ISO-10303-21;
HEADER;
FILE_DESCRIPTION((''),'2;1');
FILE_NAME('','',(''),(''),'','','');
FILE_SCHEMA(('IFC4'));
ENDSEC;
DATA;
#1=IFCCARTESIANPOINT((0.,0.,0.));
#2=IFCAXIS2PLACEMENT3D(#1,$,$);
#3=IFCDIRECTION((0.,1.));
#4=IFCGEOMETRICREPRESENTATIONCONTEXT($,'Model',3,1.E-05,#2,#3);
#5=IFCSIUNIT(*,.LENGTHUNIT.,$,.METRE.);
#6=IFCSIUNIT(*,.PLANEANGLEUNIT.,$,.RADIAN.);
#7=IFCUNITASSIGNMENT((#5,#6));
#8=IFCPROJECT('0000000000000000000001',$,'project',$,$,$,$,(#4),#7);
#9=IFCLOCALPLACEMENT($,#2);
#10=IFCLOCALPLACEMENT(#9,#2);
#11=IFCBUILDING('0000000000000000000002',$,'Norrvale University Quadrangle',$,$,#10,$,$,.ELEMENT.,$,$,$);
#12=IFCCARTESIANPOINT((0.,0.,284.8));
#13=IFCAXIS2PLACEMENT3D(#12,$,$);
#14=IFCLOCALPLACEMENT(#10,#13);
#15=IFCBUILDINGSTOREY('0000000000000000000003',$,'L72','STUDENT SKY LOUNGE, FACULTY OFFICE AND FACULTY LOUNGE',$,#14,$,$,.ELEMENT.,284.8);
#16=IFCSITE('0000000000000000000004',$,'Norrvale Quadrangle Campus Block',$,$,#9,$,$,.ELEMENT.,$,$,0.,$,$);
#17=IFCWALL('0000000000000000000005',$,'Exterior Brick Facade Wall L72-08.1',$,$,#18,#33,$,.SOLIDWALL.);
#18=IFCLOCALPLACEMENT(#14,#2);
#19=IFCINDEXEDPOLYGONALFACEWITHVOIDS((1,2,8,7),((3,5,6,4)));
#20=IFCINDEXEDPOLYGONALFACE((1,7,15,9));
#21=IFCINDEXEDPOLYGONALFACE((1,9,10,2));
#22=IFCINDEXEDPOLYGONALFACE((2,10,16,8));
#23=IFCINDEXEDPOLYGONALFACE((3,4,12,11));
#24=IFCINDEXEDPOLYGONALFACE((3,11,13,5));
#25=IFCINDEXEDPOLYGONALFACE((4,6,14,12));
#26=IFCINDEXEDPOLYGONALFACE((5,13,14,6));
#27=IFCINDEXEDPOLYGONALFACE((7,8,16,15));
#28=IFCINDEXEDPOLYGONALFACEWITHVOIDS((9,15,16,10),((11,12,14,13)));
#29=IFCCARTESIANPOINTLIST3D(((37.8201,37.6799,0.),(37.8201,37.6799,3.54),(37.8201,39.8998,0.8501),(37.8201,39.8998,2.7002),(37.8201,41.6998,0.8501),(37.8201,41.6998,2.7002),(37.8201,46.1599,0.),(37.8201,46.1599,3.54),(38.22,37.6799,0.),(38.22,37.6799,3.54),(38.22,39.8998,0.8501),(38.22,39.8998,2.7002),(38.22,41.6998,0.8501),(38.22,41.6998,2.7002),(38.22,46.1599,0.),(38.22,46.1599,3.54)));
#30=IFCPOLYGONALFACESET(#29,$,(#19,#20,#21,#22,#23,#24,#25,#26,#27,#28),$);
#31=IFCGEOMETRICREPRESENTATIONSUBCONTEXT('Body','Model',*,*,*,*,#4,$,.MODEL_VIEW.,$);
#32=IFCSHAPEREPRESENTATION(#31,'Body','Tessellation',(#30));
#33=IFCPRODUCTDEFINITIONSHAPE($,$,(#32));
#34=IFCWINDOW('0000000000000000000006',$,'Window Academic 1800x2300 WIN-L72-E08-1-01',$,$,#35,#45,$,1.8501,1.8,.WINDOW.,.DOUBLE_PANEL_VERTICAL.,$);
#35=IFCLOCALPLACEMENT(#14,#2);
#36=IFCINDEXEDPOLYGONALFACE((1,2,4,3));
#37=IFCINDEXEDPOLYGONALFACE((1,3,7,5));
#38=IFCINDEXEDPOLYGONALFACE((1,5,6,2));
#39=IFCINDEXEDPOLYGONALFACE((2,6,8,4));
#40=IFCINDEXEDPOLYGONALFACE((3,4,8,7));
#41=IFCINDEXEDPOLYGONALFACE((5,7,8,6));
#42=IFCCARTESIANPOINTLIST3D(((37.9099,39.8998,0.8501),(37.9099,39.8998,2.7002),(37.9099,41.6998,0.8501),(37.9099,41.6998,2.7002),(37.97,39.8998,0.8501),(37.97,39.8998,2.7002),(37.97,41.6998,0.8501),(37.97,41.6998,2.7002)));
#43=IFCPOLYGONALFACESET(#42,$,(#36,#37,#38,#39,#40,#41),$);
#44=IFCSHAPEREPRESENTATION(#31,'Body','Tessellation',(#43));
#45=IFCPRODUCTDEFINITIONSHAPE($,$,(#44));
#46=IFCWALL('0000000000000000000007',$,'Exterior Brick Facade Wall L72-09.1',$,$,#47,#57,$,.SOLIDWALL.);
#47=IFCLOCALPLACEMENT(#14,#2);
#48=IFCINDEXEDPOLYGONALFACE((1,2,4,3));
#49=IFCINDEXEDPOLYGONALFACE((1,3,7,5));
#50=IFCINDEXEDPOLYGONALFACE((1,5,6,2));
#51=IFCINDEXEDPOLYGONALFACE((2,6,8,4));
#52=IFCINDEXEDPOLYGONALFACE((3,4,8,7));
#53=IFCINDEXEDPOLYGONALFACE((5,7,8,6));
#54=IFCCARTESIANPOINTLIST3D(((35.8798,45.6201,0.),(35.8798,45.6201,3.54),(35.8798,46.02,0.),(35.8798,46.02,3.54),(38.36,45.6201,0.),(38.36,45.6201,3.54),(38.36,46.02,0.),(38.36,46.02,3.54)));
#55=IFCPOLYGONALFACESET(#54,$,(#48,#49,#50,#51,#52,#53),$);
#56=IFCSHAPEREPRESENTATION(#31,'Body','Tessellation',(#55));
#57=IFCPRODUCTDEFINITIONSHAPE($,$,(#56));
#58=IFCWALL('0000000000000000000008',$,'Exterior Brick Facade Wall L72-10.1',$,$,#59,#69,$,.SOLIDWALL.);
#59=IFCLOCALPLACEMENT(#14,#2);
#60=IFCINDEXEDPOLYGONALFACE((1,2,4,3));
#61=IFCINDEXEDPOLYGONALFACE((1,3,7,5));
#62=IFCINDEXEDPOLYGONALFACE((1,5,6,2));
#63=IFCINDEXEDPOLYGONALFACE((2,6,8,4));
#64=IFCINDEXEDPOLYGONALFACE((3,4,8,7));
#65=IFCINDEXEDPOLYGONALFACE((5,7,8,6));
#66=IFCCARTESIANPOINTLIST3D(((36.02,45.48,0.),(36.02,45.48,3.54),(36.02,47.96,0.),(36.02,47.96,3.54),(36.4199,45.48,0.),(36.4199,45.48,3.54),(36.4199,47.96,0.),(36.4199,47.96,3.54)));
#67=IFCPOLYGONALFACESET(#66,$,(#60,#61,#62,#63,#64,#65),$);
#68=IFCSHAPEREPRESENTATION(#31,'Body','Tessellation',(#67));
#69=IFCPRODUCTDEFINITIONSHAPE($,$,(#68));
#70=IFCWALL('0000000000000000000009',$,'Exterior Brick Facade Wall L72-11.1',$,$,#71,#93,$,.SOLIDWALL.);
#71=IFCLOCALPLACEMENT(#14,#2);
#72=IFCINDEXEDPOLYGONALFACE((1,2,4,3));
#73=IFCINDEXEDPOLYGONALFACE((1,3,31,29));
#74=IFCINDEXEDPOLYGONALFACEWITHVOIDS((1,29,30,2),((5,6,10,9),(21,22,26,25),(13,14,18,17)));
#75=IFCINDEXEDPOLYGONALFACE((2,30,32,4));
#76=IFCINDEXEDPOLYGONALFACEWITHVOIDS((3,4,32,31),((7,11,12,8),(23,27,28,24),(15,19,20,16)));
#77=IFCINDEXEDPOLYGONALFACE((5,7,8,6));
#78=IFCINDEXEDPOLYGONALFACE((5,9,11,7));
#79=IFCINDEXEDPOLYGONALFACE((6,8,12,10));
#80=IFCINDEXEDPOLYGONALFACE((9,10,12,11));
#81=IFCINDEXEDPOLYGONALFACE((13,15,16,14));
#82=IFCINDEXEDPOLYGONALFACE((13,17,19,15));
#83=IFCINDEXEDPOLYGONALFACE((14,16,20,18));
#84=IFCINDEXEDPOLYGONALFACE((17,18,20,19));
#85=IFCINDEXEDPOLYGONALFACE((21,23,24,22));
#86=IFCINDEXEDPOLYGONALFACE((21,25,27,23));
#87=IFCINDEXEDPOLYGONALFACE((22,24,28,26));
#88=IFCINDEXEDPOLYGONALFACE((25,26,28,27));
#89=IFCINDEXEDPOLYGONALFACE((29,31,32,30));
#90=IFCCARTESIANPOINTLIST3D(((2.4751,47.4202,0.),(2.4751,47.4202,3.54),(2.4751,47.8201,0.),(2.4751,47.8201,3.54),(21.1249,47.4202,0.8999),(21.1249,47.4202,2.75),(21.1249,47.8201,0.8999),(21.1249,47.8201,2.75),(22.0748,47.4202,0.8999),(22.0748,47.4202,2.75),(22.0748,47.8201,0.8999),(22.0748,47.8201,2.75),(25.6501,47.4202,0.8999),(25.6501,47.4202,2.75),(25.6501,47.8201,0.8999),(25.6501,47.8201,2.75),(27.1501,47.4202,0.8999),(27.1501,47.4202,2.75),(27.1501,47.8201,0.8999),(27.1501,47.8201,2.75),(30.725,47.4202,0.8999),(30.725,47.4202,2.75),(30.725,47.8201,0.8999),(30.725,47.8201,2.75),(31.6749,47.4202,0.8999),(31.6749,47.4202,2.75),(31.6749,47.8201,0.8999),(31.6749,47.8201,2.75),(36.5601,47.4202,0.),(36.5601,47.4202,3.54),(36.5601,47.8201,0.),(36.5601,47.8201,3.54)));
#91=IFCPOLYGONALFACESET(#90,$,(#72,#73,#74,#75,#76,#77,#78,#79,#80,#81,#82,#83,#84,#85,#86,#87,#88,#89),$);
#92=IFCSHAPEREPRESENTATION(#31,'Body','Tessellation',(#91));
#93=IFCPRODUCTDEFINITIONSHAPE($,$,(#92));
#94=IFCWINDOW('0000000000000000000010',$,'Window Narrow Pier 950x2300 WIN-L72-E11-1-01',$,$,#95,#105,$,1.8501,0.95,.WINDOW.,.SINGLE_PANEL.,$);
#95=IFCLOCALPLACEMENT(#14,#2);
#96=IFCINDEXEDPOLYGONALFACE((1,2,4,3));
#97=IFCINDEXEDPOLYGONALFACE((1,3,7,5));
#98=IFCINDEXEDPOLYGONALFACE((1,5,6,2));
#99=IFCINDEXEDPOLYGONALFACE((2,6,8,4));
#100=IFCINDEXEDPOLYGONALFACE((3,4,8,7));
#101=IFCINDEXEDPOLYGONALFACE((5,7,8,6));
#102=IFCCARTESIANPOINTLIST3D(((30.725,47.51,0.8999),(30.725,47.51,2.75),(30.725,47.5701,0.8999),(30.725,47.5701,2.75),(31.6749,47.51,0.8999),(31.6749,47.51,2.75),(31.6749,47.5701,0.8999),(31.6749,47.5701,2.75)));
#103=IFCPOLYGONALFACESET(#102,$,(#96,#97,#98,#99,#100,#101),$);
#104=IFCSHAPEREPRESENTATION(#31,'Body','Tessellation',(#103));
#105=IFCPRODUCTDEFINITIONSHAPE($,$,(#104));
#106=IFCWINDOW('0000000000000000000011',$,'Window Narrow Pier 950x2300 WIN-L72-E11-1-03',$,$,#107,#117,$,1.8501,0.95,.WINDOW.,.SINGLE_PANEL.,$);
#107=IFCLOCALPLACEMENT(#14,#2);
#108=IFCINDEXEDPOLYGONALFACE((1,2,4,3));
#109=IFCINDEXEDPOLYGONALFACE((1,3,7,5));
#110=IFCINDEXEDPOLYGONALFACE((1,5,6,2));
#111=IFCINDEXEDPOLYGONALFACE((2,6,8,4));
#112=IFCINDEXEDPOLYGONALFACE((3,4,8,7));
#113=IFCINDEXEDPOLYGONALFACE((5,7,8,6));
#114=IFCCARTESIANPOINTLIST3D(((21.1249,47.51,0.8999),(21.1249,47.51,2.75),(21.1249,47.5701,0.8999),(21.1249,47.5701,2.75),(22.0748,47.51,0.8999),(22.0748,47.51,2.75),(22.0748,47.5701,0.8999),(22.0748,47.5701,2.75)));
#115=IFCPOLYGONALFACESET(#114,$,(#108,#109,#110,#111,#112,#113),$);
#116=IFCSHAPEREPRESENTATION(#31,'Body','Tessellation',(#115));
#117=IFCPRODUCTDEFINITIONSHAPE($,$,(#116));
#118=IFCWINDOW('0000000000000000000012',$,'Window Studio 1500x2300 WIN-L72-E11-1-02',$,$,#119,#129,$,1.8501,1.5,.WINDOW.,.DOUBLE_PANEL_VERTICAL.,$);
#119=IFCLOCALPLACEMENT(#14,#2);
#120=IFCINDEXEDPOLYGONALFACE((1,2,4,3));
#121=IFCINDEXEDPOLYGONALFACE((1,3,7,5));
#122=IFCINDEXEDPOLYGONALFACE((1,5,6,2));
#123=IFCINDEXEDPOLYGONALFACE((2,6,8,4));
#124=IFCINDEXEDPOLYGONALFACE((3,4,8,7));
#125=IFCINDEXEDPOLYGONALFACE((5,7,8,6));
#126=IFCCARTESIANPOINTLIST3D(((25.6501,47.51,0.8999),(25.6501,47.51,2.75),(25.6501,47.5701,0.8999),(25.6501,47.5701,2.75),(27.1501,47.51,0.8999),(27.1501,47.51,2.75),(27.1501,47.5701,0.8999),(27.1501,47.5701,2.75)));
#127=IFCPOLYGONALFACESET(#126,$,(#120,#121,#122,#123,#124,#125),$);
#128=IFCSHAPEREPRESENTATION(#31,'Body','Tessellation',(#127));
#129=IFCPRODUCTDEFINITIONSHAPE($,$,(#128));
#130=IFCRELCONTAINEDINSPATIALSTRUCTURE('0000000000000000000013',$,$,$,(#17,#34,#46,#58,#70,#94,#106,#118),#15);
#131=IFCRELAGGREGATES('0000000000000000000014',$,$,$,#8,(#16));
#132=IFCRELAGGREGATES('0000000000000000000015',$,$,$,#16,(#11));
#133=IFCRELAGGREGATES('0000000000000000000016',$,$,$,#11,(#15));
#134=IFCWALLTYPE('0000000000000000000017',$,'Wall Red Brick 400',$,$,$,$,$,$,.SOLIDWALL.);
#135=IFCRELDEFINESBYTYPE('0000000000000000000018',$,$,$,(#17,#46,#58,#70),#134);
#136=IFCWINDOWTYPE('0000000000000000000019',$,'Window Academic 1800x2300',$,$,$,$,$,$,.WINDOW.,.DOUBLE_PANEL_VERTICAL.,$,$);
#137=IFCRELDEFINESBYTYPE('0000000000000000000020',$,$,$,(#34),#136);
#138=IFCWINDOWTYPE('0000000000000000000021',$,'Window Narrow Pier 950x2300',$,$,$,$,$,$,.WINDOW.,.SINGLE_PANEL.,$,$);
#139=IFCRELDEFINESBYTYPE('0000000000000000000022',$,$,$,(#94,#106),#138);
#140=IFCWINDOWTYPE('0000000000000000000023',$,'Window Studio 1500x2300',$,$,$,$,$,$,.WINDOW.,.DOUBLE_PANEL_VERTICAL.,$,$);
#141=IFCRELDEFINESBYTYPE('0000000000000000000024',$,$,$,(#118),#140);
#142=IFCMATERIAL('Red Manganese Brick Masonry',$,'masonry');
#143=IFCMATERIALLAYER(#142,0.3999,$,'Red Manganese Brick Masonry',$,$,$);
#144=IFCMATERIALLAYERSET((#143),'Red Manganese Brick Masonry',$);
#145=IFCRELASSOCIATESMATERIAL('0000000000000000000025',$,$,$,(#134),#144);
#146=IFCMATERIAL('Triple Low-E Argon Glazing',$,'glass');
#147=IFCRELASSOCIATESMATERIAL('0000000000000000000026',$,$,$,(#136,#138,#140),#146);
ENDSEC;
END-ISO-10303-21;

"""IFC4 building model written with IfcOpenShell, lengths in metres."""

from ifc_helpers import new_model, si_unit, direction, frame, frame_2d, origin, place, context, subcontext, project, spatial, rectangle, extrude, material, layer, layer_set, type_object, element, fill, save


model = new_model("IFC4")

# Units and contexts
model_context = context("Model", 3, precision=1e-05, world=origin(), true_north=direction((0.0, 1.0)))
body_context = subcontext(model_context, "Body", "Model", "MODEL_VIEW")
ifc_project = project(units=[si_unit("LENGTHUNIT", "METRE"), si_unit("PLANEANGLEUNIT", "RADIAN")], contexts=[model_context])

# Site, building, storey
site_placement = place(None, origin())
site = spatial("IfcSite", under=ifc_project, at=site_placement, Name="Norrvale Quadrangle Campus Block", CompositionType="ELEMENT", RefElevation=0.0)
building_placement = place(site_placement, origin())
building = spatial("IfcBuilding", under=site, at=building_placement, Name="Norrvale University Quadrangle", CompositionType="ELEMENT")
storey_placement = place(building_placement, frame((0.0, 0.0, 284.8)))
storey = spatial("IfcBuildingStorey", under=building, at=storey_placement, Name="L72", Description="STUDENT SKY LOUNGE, FACULTY OFFICE AND FACULTY LOUNGE", CompositionType="ELEMENT", Elevation=284.8)

# Shared definitions
ifc_material_1 = material(Name="Red Manganese Brick Masonry", Category="masonry")
ifc_layer = layer(ifc_material_1, 0.3999, Name="Red Manganese Brick Masonry")
ifc_layer_set = layer_set([ifc_layer], Name="Red Manganese Brick Masonry")
wall_type = type_object("IfcWallType", Name="Wall Red Brick 400", PredefinedType="SOLIDWALL", material=ifc_layer_set)

# Wall, opening, window
ifc_material_2 = material(Name="Triple Low-E Argon Glazing", Category="glass")
window_type_1 = type_object("IfcWindowType", Name="Window Academic 1800x2300", PartitioningType="DOUBLE_PANEL_VERTICAL", PredefinedType="WINDOW", material=ifc_material_2)
wall_1_placement = place(storey_placement, frame((38.02, 37.6799, 0.0), z_axis=(0.0, 0.0, 1.0), x_axis=(0.0, 1.0, 0.0)))
wall_1 = element("IfcWall", 1, at=wall_1_placement, inside=storey, type_object=wall_type, Name="Exterior Brick Facade Wall L72-08.1", PredefinedType="SOLIDWALL", context=body_context, shape_type="SweptSolid", body=[
    extrude(rectangle(XDim=8.48, YDim=0.3999, at=frame_2d((4.24, 0.0))), origin(), (0.0, 0.0, 1.0), 3.54),
])
opening_1_placement = place(wall_1_placement, frame((2.22, 0.0, 0.8501)))
opening_1 = element("IfcOpeningElement", 2, at=opening_1_placement, cuts=wall_1, PredefinedType="OPENING", context=body_context, shape_type="SweptSolid", body=[
    extrude(rectangle(XDim=1.8, YDim=1.8501, at=frame_2d((0.8999, 0.925))), frame((0.0, 0.2119, 0.0), z_axis=(0.0, -1.0, 0.0), x_axis=(1.0, 0.0, 0.0)), (0.0, 0.0, 1.0), 0.4238),
])
window_1_placement = place(opening_1_placement, origin())
window_1 = element("IfcWindow", 3, at=window_1_placement, inside=storey, type_object=window_type_1, Name="Window Academic 1800x2300 WIN-L72-E08-1-01", OverallHeight=1.8501, OverallWidth=1.8, PartitioningType="DOUBLE_PANEL_VERTICAL", PredefinedType="WINDOW", context=body_context, shape_type="SweptSolid", body=[
    extrude(rectangle(XDim=1.8, YDim=1.8501, at=frame_2d((0.8999, 0.925))), frame((0.0, 0.1101, 0.0), z_axis=(0.0, -1.0, 0.0), x_axis=(1.0, 0.0, 0.0)), (0.0, 0.0, 1.0), 0.0601),
])
fill(opening_1, window_1)

# Walls
wall_2_placement = place(storey_placement, frame((38.3601, 45.8201, 0.0), z_axis=(0.0, 0.0, 1.0), x_axis=(-1.0, 0.0, 0.0)))
element("IfcWall", 4, at=wall_2_placement, inside=storey, type_object=wall_type, Name="Exterior Brick Facade Wall L72-09.1", PredefinedType="SOLIDWALL", context=body_context, shape_type="SweptSolid", body=[
    extrude(rectangle(XDim=2.4802, YDim=0.3999, at=frame_2d((1.2402, 0.0))), origin(), (0.0, 0.0, 1.0), 3.54),
])
wall_3_placement = place(storey_placement, frame((36.22, 45.48, 0.0), z_axis=(0.0, 0.0, 1.0), x_axis=(0.0, 1.0, 0.0)))
element("IfcWall", 5, at=wall_3_placement, inside=storey, type_object=wall_type, Name="Exterior Brick Facade Wall L72-10.1", PredefinedType="SOLIDWALL", context=body_context, shape_type="SweptSolid", body=[
    extrude(rectangle(XDim=2.48, YDim=0.3999, at=frame_2d((1.24, 0.0))), origin(), (0.0, 0.0, 1.0), 3.54),
])

# Wall, openings, windows
wall_4_placement = place(storey_placement, frame((36.5601, 47.6201, 0.0), z_axis=(0.0, 0.0, 1.0), x_axis=(-1.0, 0.0, 0.0)))
wall_4 = element("IfcWall", 6, at=wall_4_placement, inside=storey, type_object=wall_type, Name="Exterior Brick Facade Wall L72-11.1", PredefinedType="SOLIDWALL", context=body_context, shape_type="SweptSolid", body=[
    extrude(rectangle(XDim=34.085, YDim=0.3999, at=frame_2d((17.0425, 0.0))), origin(), (0.0, 0.0, 1.0), 3.54),
])
opening_2_placement = place(wall_4_placement, frame((4.885, 0.0, 0.8999)))
opening_2 = element("IfcOpeningElement", 7, at=opening_2_placement, cuts=wall_4, PredefinedType="OPENING", context=body_context, shape_type="SweptSolid", body=[
    extrude(rectangle(XDim=0.95, YDim=1.8501, at=frame_2d((0.4751, 0.925))), frame((0.0, 0.2119, 0.0), z_axis=(0.0, -1.0, 0.0), x_axis=(1.0, 0.0, 0.0)), (0.0, 0.0, 1.0), 0.4238),
])
opening_3_placement = place(wall_4_placement, frame((9.4099, 0.0, 0.8999)))
opening_3 = element("IfcOpeningElement", 8, at=opening_3_placement, cuts=wall_4, PredefinedType="OPENING", context=body_context, shape_type="SweptSolid", body=[
    extrude(rectangle(XDim=1.5, YDim=1.8501, at=frame_2d((0.75, 0.925))), frame((0.0, 0.2119, 0.0), z_axis=(0.0, -1.0, 0.0), x_axis=(1.0, 0.0, 0.0)), (0.0, 0.0, 1.0), 0.4238),
])
opening_4_placement = place(wall_4_placement, frame((14.4851, 0.0, 0.8999)))
opening_4 = element("IfcOpeningElement", 9, at=opening_4_placement, cuts=wall_4, PredefinedType="OPENING", context=body_context, shape_type="SweptSolid", body=[
    extrude(rectangle(XDim=0.95, YDim=1.8501, at=frame_2d((0.4751, 0.925))), frame((0.0, 0.2119, 0.0), z_axis=(0.0, -1.0, 0.0), x_axis=(1.0, 0.0, 0.0)), (0.0, 0.0, 1.0), 0.4238),
])
window_type_2 = type_object("IfcWindowType", Name="Window Narrow Pier 950x2300", PartitioningType="SINGLE_PANEL", PredefinedType="WINDOW", material=ifc_material_2)
window_2_placement = place(opening_2_placement, origin())
window_2 = element("IfcWindow", 10, at=window_2_placement, inside=storey, type_object=window_type_2, Name="Window Narrow Pier 950x2300 WIN-L72-E11-1-01", OverallHeight=1.8501, OverallWidth=0.95, PartitioningType="SINGLE_PANEL", PredefinedType="WINDOW", context=body_context, shape_type="SweptSolid", body=[
    extrude(rectangle(XDim=0.95, YDim=1.8501, at=frame_2d((0.4751, 0.925))), frame((0.0, 0.1101, 0.0), z_axis=(0.0, -1.0, 0.0), x_axis=(1.0, 0.0, 0.0)), (0.0, 0.0, 1.0), 0.0601),
])
fill(opening_2, window_2)
window_3_placement = place(opening_4_placement, origin())
window_3 = element("IfcWindow", 11, at=window_3_placement, inside=storey, type_object=window_type_2, Name="Window Narrow Pier 950x2300 WIN-L72-E11-1-03", OverallHeight=1.8501, OverallWidth=0.95, PartitioningType="SINGLE_PANEL", PredefinedType="WINDOW", context=body_context, shape_type="SweptSolid", body=[
    extrude(rectangle(XDim=0.95, YDim=1.8501, at=frame_2d((0.4751, 0.925))), frame((0.0, 0.1101, 0.0), z_axis=(0.0, -1.0, 0.0), x_axis=(1.0, 0.0, 0.0)), (0.0, 0.0, 1.0), 0.0601),
])
fill(opening_4, window_3)
window_type_3 = type_object("IfcWindowType", Name="Window Studio 1500x2300", PartitioningType="DOUBLE_PANEL_VERTICAL", PredefinedType="WINDOW", material=ifc_material_2)
window_4_placement = place(opening_3_placement, origin())
window_4 = element("IfcWindow", 12, at=window_4_placement, inside=storey, type_object=window_type_3, Name="Window Studio 1500x2300 WIN-L72-E11-1-02", OverallHeight=1.8501, OverallWidth=1.5, PartitioningType="DOUBLE_PANEL_VERTICAL", PredefinedType="WINDOW", context=body_context, shape_type="SweptSolid", body=[
    extrude(rectangle(XDim=1.5, YDim=1.8501, at=frame_2d((0.75, 0.925))), frame((0.0, 0.1101, 0.0), z_axis=(0.0, -1.0, 0.0), x_axis=(1.0, 0.0, 0.0)), (0.0, 0.0, 1.0), 0.0601),
])
fill(opening_3, window_4)

save(model, "model.ifc")
